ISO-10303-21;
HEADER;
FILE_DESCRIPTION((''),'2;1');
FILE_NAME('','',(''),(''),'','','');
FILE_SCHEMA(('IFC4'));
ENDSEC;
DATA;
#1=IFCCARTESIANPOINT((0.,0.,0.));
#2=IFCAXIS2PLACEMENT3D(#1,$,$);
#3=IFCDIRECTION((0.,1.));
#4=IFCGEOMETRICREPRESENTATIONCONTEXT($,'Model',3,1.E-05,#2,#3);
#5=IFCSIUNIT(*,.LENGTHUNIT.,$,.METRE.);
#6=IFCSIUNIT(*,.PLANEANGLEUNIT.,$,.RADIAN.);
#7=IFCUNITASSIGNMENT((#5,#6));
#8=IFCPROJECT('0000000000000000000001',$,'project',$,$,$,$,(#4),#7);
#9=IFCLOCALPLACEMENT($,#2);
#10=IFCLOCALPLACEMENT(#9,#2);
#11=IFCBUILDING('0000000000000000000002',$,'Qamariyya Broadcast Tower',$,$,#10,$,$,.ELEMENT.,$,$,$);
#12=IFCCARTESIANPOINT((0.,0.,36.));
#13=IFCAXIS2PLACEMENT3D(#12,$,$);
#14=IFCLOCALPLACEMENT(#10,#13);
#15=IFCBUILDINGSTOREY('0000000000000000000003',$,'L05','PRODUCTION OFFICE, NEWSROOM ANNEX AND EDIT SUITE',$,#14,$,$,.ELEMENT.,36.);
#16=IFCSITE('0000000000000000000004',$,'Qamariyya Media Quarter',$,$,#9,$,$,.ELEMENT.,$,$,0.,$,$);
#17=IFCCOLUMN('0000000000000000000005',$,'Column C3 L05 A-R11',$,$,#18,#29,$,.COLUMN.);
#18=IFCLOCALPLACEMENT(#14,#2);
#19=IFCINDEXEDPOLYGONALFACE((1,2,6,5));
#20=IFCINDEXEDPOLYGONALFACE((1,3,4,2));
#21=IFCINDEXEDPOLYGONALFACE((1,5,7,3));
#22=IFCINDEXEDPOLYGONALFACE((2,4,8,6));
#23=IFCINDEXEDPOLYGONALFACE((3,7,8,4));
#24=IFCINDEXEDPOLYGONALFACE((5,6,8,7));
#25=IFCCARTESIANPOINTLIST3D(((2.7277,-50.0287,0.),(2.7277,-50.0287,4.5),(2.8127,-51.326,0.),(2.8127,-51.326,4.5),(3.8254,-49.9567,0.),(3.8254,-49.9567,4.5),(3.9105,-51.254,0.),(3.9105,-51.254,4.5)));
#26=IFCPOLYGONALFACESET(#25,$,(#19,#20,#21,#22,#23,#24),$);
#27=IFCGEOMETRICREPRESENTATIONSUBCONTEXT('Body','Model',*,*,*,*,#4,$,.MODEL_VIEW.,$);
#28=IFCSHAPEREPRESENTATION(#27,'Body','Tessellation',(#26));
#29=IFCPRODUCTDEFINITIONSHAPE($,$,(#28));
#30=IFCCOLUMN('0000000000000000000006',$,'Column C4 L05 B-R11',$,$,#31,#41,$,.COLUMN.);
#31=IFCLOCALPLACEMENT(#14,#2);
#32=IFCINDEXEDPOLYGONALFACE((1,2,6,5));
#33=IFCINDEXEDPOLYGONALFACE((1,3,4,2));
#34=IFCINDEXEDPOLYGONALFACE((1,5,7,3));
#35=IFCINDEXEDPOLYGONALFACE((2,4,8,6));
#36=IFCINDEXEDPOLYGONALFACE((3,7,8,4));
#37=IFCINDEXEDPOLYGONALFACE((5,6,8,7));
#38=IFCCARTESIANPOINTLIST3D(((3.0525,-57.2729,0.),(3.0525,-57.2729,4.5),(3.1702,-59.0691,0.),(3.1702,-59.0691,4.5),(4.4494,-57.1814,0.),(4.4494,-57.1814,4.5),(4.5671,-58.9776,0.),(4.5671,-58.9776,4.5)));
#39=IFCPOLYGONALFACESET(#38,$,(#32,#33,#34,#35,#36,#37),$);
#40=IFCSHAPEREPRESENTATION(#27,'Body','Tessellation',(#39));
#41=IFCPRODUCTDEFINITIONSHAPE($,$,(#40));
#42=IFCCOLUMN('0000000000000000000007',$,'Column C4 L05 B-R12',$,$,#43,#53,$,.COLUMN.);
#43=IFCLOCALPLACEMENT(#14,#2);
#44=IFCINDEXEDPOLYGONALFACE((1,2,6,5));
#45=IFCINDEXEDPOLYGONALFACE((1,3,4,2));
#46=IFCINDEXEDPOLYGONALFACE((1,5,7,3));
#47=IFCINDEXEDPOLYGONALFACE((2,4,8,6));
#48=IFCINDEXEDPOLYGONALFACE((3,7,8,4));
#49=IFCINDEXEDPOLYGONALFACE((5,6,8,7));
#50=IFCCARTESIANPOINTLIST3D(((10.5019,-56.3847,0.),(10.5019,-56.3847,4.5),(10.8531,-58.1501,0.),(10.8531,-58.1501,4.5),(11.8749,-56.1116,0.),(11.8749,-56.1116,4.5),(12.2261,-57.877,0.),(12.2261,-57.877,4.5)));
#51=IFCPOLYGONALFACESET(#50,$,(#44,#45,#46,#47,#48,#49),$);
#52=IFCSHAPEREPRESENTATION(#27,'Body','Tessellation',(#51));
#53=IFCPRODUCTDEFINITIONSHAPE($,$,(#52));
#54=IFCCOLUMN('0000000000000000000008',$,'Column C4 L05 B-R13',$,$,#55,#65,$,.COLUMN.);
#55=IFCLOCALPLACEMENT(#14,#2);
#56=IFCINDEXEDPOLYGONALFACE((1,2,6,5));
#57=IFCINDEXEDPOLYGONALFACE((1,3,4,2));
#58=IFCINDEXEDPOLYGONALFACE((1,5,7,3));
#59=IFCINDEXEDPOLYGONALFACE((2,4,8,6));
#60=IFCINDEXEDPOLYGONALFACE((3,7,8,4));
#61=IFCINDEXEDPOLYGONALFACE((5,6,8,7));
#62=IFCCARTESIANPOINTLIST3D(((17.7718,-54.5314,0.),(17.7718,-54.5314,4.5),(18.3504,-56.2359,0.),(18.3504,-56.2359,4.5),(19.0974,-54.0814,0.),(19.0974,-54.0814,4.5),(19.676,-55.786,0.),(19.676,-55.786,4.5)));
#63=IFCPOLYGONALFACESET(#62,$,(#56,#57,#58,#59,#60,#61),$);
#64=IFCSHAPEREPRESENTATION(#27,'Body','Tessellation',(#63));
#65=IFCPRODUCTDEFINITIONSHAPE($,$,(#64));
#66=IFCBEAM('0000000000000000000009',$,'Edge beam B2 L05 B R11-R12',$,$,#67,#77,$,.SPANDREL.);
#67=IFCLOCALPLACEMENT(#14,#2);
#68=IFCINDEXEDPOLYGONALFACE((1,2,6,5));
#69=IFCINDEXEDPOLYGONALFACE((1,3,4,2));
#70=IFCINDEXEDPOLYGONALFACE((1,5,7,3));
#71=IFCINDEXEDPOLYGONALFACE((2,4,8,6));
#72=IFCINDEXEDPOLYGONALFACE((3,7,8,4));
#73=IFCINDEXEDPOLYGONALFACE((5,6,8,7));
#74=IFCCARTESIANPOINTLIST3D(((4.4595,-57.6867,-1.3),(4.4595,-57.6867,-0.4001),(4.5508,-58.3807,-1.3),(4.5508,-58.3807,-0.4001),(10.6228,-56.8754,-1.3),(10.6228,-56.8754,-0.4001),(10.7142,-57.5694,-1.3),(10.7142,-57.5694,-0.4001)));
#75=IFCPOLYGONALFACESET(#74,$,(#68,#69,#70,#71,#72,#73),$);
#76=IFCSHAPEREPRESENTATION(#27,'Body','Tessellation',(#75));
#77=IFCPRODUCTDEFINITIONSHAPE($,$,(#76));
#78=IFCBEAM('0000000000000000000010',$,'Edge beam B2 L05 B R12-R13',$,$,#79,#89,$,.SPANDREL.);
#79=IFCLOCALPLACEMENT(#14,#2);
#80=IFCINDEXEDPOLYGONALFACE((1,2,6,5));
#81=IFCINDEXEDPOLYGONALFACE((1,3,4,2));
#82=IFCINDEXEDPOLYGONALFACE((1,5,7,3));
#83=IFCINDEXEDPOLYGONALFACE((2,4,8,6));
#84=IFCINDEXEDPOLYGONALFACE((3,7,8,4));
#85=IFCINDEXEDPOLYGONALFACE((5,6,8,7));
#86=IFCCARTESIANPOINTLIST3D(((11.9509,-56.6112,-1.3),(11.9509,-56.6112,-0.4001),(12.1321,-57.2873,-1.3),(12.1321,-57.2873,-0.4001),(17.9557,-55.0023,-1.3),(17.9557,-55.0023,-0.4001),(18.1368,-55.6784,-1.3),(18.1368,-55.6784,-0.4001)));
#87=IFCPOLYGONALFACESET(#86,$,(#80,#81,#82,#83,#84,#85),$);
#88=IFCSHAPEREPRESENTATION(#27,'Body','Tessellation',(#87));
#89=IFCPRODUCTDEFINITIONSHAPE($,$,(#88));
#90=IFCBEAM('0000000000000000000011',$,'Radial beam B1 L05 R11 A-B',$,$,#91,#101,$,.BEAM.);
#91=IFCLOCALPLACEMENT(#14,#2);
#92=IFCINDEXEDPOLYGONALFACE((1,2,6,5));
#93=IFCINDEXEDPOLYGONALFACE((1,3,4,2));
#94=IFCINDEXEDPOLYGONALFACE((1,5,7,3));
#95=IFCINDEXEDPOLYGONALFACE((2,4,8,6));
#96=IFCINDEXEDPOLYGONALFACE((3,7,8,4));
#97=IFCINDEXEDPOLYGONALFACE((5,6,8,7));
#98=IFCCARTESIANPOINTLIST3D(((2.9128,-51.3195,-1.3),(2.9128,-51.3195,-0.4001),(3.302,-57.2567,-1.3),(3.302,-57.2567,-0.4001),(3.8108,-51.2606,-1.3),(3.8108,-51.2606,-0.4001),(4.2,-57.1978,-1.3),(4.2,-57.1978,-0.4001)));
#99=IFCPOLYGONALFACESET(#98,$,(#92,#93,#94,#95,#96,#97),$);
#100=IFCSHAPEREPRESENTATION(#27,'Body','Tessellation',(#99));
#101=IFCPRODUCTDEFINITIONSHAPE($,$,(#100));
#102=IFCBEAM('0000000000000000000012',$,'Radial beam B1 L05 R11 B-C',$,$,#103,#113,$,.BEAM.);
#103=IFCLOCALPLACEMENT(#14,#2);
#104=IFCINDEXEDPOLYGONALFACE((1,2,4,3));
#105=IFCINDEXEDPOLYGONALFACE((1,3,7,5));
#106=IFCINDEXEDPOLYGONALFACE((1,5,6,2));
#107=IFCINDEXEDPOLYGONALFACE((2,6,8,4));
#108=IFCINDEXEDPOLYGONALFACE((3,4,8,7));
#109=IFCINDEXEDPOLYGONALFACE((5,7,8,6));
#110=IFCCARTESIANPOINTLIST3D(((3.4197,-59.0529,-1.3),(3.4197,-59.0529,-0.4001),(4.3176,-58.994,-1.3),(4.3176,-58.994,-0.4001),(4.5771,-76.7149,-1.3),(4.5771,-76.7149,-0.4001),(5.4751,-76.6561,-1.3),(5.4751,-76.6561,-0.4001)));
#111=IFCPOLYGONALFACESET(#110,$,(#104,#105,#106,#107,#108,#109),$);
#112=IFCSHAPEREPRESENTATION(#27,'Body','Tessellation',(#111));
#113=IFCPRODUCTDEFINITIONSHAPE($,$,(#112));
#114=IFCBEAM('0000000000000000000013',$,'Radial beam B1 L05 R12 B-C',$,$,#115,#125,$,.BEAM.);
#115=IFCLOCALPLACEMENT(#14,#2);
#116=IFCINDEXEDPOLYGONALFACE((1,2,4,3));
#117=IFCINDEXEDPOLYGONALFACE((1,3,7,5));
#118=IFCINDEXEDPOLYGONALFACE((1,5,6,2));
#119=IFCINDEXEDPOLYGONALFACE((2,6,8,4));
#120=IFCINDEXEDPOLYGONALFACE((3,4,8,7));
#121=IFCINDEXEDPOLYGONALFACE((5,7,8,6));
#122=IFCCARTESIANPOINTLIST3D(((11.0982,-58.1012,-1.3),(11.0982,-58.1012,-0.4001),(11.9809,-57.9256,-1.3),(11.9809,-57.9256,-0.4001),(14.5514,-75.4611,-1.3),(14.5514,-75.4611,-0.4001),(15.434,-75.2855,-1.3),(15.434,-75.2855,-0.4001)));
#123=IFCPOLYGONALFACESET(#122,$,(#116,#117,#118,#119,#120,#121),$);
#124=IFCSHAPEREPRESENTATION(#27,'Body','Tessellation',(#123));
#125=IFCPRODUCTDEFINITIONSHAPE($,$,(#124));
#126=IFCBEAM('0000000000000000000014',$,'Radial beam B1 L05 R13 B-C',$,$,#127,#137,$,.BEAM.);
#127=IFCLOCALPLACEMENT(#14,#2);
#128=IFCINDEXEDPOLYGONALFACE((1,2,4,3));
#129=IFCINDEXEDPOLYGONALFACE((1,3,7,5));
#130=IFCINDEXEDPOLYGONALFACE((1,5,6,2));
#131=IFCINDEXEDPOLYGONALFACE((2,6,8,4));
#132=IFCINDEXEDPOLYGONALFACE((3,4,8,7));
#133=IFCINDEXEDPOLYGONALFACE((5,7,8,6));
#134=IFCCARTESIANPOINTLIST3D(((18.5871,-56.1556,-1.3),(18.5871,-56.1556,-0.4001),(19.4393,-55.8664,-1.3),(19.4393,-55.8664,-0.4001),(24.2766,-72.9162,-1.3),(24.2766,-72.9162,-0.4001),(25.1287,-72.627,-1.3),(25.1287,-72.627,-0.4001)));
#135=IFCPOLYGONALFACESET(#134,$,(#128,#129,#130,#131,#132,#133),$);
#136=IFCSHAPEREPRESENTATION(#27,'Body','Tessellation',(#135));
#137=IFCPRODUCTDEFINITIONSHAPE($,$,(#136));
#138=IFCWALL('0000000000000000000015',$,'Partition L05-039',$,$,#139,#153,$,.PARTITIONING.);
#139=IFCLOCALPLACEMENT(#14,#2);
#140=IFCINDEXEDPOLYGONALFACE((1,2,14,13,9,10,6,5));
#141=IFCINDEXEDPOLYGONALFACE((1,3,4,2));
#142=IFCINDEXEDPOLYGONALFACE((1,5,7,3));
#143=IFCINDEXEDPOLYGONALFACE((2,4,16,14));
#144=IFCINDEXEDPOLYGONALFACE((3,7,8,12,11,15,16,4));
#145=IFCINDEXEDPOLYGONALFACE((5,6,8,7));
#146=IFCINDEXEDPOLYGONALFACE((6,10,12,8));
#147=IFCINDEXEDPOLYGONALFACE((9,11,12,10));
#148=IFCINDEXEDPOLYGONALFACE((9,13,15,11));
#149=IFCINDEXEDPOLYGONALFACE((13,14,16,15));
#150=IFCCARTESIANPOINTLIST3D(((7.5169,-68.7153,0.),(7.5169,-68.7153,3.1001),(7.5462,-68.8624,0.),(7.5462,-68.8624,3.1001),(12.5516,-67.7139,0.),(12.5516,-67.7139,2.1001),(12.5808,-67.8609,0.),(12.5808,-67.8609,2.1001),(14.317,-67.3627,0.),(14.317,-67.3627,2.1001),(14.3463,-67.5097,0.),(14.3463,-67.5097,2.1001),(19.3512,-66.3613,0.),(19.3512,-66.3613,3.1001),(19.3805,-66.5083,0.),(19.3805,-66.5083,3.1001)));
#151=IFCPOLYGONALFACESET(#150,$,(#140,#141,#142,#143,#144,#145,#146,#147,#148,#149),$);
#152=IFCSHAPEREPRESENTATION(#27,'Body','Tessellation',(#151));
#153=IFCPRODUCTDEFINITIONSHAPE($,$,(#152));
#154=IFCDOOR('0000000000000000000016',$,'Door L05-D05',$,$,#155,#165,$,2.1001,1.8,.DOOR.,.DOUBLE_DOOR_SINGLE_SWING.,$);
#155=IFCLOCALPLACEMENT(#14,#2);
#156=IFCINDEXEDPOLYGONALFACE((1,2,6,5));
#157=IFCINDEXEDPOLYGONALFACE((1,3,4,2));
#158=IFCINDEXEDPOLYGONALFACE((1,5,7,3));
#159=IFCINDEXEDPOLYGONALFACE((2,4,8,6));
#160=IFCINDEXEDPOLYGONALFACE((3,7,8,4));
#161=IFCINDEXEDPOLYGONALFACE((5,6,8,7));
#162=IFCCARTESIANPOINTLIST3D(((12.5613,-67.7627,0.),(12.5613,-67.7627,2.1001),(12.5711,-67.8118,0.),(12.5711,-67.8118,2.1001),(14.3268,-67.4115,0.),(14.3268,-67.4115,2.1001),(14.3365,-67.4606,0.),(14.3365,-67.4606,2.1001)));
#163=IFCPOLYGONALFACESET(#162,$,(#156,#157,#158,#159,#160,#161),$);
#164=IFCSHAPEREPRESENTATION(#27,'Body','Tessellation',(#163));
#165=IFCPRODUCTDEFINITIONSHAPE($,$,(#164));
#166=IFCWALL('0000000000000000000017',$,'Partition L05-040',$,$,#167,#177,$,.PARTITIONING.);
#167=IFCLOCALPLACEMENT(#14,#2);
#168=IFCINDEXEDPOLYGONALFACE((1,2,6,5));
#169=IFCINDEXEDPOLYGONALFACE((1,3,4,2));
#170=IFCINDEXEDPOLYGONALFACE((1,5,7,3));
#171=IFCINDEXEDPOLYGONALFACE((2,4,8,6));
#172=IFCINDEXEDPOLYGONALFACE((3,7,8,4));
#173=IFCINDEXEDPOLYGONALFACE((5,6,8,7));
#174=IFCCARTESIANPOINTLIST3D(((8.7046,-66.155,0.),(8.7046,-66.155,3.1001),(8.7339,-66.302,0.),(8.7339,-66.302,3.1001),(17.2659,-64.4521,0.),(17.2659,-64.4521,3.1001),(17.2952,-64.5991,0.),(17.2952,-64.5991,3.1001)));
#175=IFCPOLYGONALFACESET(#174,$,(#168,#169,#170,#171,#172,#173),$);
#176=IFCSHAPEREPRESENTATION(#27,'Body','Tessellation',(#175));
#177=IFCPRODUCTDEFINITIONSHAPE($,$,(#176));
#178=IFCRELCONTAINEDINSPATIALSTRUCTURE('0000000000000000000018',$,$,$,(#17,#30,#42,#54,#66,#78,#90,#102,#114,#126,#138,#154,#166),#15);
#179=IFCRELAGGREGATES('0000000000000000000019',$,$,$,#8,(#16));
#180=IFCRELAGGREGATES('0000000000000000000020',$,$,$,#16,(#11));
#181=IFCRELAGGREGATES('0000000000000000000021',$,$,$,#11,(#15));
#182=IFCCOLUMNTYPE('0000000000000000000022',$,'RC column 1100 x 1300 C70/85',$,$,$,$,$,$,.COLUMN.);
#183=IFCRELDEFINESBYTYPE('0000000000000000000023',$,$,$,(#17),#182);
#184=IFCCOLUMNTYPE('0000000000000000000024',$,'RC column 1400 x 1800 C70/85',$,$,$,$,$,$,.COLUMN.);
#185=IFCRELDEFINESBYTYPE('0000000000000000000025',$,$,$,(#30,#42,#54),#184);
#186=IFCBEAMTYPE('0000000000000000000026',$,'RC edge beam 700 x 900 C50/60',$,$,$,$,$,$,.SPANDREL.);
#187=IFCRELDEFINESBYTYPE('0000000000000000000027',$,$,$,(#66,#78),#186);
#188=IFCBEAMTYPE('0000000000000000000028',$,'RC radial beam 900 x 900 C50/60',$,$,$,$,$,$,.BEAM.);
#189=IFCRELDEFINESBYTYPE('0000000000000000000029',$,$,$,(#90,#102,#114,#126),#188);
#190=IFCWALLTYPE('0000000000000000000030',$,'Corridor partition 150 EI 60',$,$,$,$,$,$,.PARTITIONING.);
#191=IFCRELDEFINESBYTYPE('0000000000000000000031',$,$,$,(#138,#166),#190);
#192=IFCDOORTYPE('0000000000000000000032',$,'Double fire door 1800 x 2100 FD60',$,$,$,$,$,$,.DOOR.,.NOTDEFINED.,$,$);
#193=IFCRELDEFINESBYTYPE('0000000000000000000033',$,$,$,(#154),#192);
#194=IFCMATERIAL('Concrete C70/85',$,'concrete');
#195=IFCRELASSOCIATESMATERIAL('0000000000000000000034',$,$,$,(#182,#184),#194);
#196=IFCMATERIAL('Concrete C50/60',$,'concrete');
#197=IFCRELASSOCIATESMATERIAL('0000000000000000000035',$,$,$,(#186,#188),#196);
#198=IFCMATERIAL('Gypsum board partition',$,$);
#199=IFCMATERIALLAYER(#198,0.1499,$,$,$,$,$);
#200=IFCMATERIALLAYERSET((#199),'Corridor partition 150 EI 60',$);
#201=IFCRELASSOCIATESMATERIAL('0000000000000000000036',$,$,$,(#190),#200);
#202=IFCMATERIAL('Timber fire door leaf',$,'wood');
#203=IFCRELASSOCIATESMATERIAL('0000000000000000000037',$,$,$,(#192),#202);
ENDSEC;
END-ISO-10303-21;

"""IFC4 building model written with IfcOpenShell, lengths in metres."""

from ifc_helpers import new_model, si_unit, direction, frame, frame_2d, origin, origin_2d, place, context, subcontext, project, spatial, rectangle, extrude, material, layer, layer_set, material_profile, profile_set, type_object, element, fill, save


model = new_model("IFC4")

# Units and contexts
model_context = context("Model", 3, precision=1e-05, world=origin(), true_north=direction((0.0, 1.0)))
body_context = subcontext(model_context, "Body", "Model", "MODEL_VIEW")
ifc_project = project(units=[si_unit("LENGTHUNIT", "METRE"), si_unit("PLANEANGLEUNIT", "RADIAN")], contexts=[model_context])

# Site, building, storey
site_placement = place(None, origin())
site = spatial("IfcSite", under=ifc_project, at=site_placement, Name="Qamariyya Media Quarter", CompositionType="ELEMENT", RefElevation=0.0)
building_placement = place(site_placement, origin())
building = spatial("IfcBuilding", under=site, at=building_placement, Name="Qamariyya Broadcast Tower", CompositionType="ELEMENT")
storey_placement = place(building_placement, frame((0.0, 0.0, 36.0)))
storey = spatial("IfcBuildingStorey", under=building, at=storey_placement, Name="L05", Description="PRODUCTION OFFICE, NEWSROOM ANNEX AND EDIT SUITE", CompositionType="ELEMENT", Elevation=36.0)

# Columns
ifc_material_1 = material(Name="Concrete C70/85", Category="concrete")
ifc_material_profile_1 = material_profile(ifc_material_1, rectangle(XDim=1.1001, YDim=1.3, at=origin_2d()))
ifc_profile_set_1 = profile_set([ifc_material_profile_1], Name="Concrete C70/85")
column_type_1 = type_object("IfcColumnType", Name="RC column 1100 x 1300 C70/85", PredefinedType="COLUMN", material=ifc_profile_set_1)
column_placement = place(storey_placement, frame((3.3191, -50.6414, 0.0), z_axis=(0.0, 0.0, 1.0), x_axis=(0.997859, 0.065403, 0.0)))
element("IfcColumn", 1, at=column_placement, inside=storey, type_object=column_type_1, Name="Column C3 L05 A-R11", PredefinedType="COLUMN", context=body_context, shape_type="SweptSolid", body=[
    extrude(rectangle(XDim=1.1001, YDim=1.3, at=origin_2d()), origin(), (0.0, 0.0, 1.0), 4.5),
])
ifc_material_profile_2 = material_profile(ifc_material_1, rectangle(XDim=1.3999, YDim=1.8, at=origin_2d()))
ifc_profile_set_2 = profile_set([ifc_material_profile_2], Name="Concrete C70/85")
column_type_2 = type_object("IfcColumnType", Name="RC column 1400 x 1800 C70/85", PredefinedType="COLUMN", material=ifc_profile_set_2)
for number, where, z_axis, x_axis, name in (
    (2, (3.8098, -58.1252, 0.0), (0.0, 0.0, 1.0), (0.997859, 0.065403, 0.0), "Column C4 L05 B-R11"),
    (3, (11.364, -57.1309, 0.0), (0.0, 0.0, 1.0), (0.980785, 0.19509, 0.0), "Column C4 L05 B-R12"),
    (4, (18.7239, -55.1587, 0.0), (0.0, 0.0, 1.0), (0.94693, 0.321439, 0.0), "Column C4 L05 B-R13"),
):
    element("IfcColumn", number, at=place(storey_placement, frame(where, z_axis=z_axis, x_axis=x_axis)), inside=storey, type_object=column_type_2, Name=name, PredefinedType="COLUMN", context=body_context, shape_type="SweptSolid", body=[
        extrude(rectangle(XDim=1.3999, YDim=1.8, at=origin_2d()), origin(), (0.0, 0.0, 1.0), 4.5),
    ])

# Beams
ifc_material_2 = material(Name="Concrete C50/60", Category="concrete")
ifc_material_profile_3 = material_profile(ifc_material_2, rectangle(XDim=0.7, YDim=0.8999, at=origin_2d()))
ifc_profile_set_3 = profile_set([ifc_material_profile_3], Name="Concrete C50/60")
beam_type_1 = type_object("IfcBeamType", Name="RC edge beam 700 x 900 C50/60", PredefinedType="SPANDREL", material=ifc_profile_set_3)
for number, where, z_axis, x_axis, name in (
    (5, (4.5051, -58.0337, -0.8501), (0.991448, 0.130504, 0.0), (-0.130504, 0.991448, 0.0), "Edge beam B2 L05 B R11-R12"),
    (6, (12.0415, -56.9492, -0.8501), (0.965928, 0.258811, 0.0), (-0.258811, 0.965928, 0.0), "Edge beam B2 L05 B R12-R13"),
):
    element("IfcBeam", number, at=place(storey_placement, frame(where, z_axis=z_axis, x_axis=x_axis)), inside=storey, type_object=beam_type_1, Name=name, PredefinedType="SPANDREL", context=body_context, shape_type="SweptSolid", body=[
        extrude(rectangle(XDim=0.7, YDim=0.8999, at=origin_2d()), origin(), (0.0, 0.0, 1.0), 6.2166),
    ])
ifc_material_profile_4 = material_profile(ifc_material_2, rectangle(XDim=0.8999, YDim=0.8999, at=origin_2d()))
ifc_profile_set_4 = profile_set([ifc_material_profile_4], Name="Concrete C50/60")
beam_type_2 = type_object("IfcBeamType", Name="RC radial beam 900 x 900 C50/60", PredefinedType="BEAM", material=ifc_profile_set_4)
beam_placement = place(storey_placement, frame((3.3618, -51.29, -0.8501), z_axis=(0.065405, -0.997859, 0.0), x_axis=(0.997859, 0.065405, 0.0)))
element("IfcBeam", 7, at=beam_placement, inside=storey, type_object=beam_type_2, Name="Radial beam B1 L05 R11 A-B", PredefinedType="BEAM", context=body_context, shape_type="SweptSolid", body=[
    extrude(rectangle(XDim=0.8999, YDim=0.8999, at=origin_2d()), origin(), (0.0, 0.0, 1.0), 5.95),
])
for number, where, z_axis, x_axis, name in (
    (8, (3.8687, -59.0234, -0.8501), (0.065394, -0.99786, 0.0), (0.99786, 0.065394, 0.0), "Radial beam B1 L05 R11 B-C"),
    (9, (11.5396, -58.0134, -0.8501), (0.195092, -0.980785, 0.0), (0.980785, 0.195092, 0.0), "Radial beam B1 L05 R12 B-C"),
    (10, (19.0132, -56.011, -0.8501), (0.321441, -0.94693, 0.0), (0.94693, 0.321441, 0.0), "Radial beam B1 L05 R13 B-C"),
):
    element("IfcBeam", number, at=place(storey_placement, frame(where, z_axis=z_axis, x_axis=x_axis)), inside=storey, type_object=beam_type_2, Name=name, PredefinedType="BEAM", context=body_context, shape_type="SweptSolid", body=[
        extrude(rectangle(XDim=0.8999, YDim=0.8999, at=origin_2d()), origin(), (0.0, 0.0, 1.0), 17.7),
    ])

# Wall, opening, door
ifc_material_3 = material(Name="Gypsum board partition")
ifc_layer = layer(ifc_material_3, 0.1499)
ifc_layer_set = layer_set([ifc_layer], Name="Corridor partition 150 EI 60")
wall_type = type_object("IfcWallType", Name="Corridor partition 150 EI 60", PredefinedType="PARTITIONING", material=ifc_layer_set)
wall_1_placement = place(storey_placement, frame((19.366, -66.4348, 0.0), z_axis=(0.0, 0.0, 1.0), x_axis=(-0.980785, -0.195093, 0.0)))
wall_1 = element("IfcWall", 11, at=wall_1_placement, inside=storey, type_object=wall_type, Name="Partition L05-039", PredefinedType="PARTITIONING", context=body_context, shape_type="SweptSolid", body=[
    extrude(rectangle(XDim=12.0662, YDim=0.1499, at=frame_2d((6.0332, 0.0))), origin(), (0.0, 0.0, 1.0), 3.1001),
])
opening_1_placement = place(wall_1_placement, frame((5.1331, 0.0, 0.0)))
opening_1 = element("IfcOpeningElement", 12, at=opening_1_placement, cuts=wall_1, PredefinedType="OPENING", context=body_context, shape_type="SweptSolid", body=[
    extrude(rectangle(XDim=1.8, YDim=2.1001, at=frame_2d((0.8999, 1.05))), frame((0.0, 0.085, 0.0), z_axis=(0.0, -1.0, 0.0), x_axis=(1.0, 0.0, 0.0)), (0.0, 0.0, 1.0), 0.1699),
])
ifc_material_4 = material(Name="Timber fire door leaf", Category="wood")
door_type = type_object("IfcDoorType", Name="Double fire door 1800 x 2100 FD60", OperationType="NOTDEFINED", PredefinedType="DOOR", material=ifc_material_4)
door_1_placement = place(opening_1_placement, origin())
door_1 = element("IfcDoor", 13, at=door_1_placement, inside=storey, type_object=door_type, Name="Door L05-D05", OperationType="DOUBLE_DOOR_SINGLE_SWING", OverallHeight=2.1001, OverallWidth=1.8, PredefinedType="DOOR", context=body_context, shape_type="SweptSolid", body=[
    extrude(rectangle(XDim=1.8, YDim=2.1001, at=frame_2d((0.8999, 1.05))), frame((0.0, 0.0249, 0.0), z_axis=(0.0, -1.0, 0.0), x_axis=(1.0, 0.0, 0.0)), (0.0, 0.0, 1.0), 0.05),
])
fill(opening_1, door_1)

# Wall
wall_2_placement = place(storey_placement, frame((8.7192, -66.2285, 0.0), z_axis=(0.0, 0.0, 1.0), x_axis=(0.980787, 0.195083, 0.0)))
element("IfcWall", 14, at=wall_2_placement, inside=storey, type_object=wall_type, Name="Partition L05-040", PredefinedType="PARTITIONING", context=body_context, shape_type="SweptSolid", body=[
    extrude(rectangle(XDim=8.729, YDim=0.1499, at=frame_2d((4.3645, 0.0))), origin(), (0.0, 0.0, 1.0), 3.1001),
])

save(model, "model.ifc")
